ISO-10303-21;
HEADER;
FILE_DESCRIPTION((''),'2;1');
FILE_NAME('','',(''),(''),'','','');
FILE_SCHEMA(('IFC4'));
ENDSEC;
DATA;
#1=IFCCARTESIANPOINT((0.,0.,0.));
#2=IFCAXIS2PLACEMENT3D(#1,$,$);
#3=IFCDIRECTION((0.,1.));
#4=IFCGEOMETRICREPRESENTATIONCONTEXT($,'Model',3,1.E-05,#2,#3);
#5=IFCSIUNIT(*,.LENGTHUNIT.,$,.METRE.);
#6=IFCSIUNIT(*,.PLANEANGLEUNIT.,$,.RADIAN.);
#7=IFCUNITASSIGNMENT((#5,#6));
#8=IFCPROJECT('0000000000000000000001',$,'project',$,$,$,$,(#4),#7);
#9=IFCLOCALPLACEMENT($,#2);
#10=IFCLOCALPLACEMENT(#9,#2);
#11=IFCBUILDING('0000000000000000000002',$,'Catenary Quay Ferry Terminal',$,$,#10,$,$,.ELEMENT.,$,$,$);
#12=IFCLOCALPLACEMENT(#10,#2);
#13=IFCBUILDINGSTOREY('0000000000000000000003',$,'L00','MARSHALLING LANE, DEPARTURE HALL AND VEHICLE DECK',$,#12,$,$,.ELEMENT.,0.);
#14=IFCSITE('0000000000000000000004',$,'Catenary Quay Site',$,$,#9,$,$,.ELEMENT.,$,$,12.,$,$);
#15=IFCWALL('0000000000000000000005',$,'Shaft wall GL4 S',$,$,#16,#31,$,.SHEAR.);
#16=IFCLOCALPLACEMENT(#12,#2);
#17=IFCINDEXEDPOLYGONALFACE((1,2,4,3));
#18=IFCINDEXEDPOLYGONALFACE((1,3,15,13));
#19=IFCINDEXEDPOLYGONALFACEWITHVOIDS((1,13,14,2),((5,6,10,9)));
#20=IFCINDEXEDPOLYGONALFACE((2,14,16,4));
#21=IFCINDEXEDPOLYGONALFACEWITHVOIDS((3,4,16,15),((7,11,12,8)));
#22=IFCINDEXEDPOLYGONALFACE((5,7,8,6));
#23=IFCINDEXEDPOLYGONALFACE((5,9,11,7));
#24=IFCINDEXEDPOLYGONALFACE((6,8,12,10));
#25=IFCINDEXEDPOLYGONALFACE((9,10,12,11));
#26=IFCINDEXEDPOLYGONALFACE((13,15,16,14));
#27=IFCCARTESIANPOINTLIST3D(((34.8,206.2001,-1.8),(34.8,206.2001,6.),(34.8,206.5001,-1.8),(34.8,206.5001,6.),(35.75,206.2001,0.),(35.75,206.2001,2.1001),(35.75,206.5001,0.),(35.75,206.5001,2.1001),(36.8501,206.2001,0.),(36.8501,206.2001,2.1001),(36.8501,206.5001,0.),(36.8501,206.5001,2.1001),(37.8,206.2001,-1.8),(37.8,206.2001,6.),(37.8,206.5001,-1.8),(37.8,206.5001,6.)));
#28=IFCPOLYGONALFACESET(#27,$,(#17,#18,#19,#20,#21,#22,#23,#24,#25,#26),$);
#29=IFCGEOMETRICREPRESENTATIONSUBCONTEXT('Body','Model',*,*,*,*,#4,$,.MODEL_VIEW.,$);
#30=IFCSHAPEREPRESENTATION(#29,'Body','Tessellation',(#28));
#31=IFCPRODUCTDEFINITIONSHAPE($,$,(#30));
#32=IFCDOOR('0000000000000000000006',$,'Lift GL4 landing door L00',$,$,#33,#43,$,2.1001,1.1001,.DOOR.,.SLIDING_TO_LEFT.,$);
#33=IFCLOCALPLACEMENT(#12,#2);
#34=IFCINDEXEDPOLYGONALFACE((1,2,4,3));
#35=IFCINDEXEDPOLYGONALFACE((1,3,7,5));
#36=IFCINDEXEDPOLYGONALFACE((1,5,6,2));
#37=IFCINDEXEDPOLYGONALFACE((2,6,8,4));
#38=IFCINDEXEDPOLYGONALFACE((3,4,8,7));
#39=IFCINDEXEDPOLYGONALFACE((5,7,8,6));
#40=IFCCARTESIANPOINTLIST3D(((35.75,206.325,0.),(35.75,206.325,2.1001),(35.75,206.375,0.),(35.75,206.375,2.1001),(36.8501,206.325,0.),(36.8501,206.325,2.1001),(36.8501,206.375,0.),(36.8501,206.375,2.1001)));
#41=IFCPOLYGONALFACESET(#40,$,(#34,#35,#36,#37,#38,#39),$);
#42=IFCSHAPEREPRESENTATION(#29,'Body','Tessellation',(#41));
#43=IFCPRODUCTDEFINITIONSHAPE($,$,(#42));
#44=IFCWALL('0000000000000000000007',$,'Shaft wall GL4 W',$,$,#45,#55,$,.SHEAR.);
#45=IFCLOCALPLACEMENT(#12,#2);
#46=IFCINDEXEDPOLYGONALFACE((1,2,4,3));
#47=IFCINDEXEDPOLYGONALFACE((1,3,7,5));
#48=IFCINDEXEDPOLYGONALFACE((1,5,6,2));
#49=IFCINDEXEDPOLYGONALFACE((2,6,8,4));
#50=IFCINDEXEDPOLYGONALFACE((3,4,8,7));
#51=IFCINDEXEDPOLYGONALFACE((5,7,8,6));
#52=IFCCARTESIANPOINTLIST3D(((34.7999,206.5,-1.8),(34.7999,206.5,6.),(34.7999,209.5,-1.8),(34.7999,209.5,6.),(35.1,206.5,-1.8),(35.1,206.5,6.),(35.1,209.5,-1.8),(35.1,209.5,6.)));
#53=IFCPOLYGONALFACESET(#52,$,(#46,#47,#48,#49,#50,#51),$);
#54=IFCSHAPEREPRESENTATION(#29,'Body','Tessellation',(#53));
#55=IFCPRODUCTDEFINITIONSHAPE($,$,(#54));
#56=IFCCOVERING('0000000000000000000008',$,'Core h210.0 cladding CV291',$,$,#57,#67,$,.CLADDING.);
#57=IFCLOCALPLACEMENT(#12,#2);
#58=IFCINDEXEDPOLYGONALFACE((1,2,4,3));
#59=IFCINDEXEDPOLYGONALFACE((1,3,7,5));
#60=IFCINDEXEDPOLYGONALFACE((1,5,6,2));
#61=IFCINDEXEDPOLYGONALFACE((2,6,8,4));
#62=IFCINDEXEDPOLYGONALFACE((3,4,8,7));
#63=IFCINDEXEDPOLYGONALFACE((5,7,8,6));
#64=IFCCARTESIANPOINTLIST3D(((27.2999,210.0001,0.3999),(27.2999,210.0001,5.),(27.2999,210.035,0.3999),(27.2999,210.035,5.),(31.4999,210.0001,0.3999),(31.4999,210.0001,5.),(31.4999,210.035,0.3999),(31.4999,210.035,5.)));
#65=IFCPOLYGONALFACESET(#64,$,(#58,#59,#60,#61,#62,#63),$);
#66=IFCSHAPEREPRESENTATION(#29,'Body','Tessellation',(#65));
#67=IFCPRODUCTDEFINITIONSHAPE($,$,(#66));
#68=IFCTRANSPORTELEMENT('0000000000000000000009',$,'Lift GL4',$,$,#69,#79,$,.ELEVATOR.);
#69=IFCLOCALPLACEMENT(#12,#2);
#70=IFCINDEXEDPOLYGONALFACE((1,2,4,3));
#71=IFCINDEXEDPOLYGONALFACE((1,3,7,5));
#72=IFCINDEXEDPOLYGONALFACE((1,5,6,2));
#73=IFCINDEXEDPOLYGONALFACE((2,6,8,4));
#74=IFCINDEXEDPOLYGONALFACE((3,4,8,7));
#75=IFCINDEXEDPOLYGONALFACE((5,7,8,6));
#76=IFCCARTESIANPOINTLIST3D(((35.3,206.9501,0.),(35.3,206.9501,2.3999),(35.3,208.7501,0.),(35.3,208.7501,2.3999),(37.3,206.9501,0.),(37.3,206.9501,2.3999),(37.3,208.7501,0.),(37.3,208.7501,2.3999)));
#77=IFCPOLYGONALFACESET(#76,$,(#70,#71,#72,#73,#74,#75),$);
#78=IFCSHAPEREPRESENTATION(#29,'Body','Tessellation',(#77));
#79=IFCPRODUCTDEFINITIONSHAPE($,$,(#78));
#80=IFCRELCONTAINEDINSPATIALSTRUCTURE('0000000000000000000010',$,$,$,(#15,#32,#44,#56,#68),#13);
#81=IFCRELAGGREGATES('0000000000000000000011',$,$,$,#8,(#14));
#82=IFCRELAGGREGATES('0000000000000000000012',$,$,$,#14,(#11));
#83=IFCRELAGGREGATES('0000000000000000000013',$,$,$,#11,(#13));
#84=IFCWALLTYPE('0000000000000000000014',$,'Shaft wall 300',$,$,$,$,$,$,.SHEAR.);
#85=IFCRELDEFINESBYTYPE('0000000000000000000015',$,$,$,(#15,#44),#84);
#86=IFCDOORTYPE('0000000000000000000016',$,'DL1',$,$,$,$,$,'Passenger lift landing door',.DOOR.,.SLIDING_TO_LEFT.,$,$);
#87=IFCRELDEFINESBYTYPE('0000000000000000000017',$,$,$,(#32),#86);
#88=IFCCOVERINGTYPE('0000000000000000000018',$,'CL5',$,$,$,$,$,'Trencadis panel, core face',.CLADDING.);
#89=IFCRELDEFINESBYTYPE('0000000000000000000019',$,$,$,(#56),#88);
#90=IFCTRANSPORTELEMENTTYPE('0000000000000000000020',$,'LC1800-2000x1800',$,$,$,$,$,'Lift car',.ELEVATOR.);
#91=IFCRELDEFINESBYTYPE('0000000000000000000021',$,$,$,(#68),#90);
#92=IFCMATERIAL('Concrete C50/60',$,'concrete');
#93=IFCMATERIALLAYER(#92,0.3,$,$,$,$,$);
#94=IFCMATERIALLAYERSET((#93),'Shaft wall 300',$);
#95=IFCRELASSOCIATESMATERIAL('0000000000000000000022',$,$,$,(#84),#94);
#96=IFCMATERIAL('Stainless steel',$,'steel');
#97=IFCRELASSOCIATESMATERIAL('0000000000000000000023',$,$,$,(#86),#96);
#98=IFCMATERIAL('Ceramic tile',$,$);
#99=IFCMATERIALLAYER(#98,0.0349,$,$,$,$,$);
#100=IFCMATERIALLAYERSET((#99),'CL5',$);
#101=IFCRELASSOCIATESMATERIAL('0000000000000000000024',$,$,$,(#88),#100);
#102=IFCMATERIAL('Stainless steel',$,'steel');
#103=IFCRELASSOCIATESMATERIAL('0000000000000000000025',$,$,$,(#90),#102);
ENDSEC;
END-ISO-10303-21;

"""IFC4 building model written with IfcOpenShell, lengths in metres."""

from ifc_helpers import new_model, si_unit, direction, frame, frame_2d, origin, origin_2d, place, context, subcontext, project, spatial, rectangle, extrude, material, layer, layer_set, type_object, element, fill, save


model = new_model("IFC4")

# Units and contexts
model_context = context("Model", 3, precision=1e-05, world=origin(), true_north=direction((0.0, 1.0)))
body_context = subcontext(model_context, "Body", "Model", "MODEL_VIEW")
ifc_project = project(units=[si_unit("LENGTHUNIT", "METRE"), si_unit("PLANEANGLEUNIT", "RADIAN")], contexts=[model_context])

# Site, building, storey
site_placement = place(None, origin())
site = spatial("IfcSite", under=ifc_project, at=site_placement, Name="Catenary Quay Site", CompositionType="ELEMENT", RefElevation=12.0)
building_placement = place(site_placement, origin())
building = spatial("IfcBuilding", under=site, at=building_placement, Name="Catenary Quay Ferry Terminal", CompositionType="ELEMENT")
storey_placement = place(building_placement, origin())
storey = spatial("IfcBuildingStorey", under=building, at=storey_placement, Name="L00", Description="MARSHALLING LANE, DEPARTURE HALL AND VEHICLE DECK", CompositionType="ELEMENT", Elevation=0.0)

# Wall, opening, door
ifc_material_1 = material(Name="Concrete C50/60", Category="concrete")
ifc_layer_1 = layer(ifc_material_1, 0.3)
ifc_layer_set_1 = layer_set([ifc_layer_1], Name="Shaft wall 300")
wall_type_1 = type_object("IfcWallType", Name="Shaft wall 300", PredefinedType="SHEAR", material=ifc_layer_set_1)
wall_1_placement = place(storey_placement, frame((34.8, 206.3501, -1.8), z_axis=(0.0, 0.0, 1.0), x_axis=(1.0, 0.0, 0.0)))
wall_1 = element("IfcWall", 1, at=wall_1_placement, inside=storey, type_object=wall_type_1, Name="Shaft wall GL4 S", PredefinedType="SHEAR", context=body_context, shape_type="SweptSolid", body=[
    extrude(rectangle(XDim=3.0, YDim=0.3, at=frame_2d((1.5, 0.0))), origin(), (0.0, 0.0, 1.0), 7.8),
])
opening_1_placement = place(wall_1_placement, frame((0.95, 0.0, 1.8)))
opening_1 = element("IfcOpeningElement", 2, at=opening_1_placement, cuts=wall_1, PredefinedType="OPENING", context=body_context, shape_type="SweptSolid", body=[
    extrude(rectangle(XDim=1.1001, YDim=2.1001, at=frame_2d((0.55, 1.05))), frame((0.0, 0.1599, 0.0), z_axis=(0.0, -1.0, 0.0), x_axis=(1.0, 0.0, 0.0)), (0.0, 0.0, 1.0), 0.3201),
])
ifc_material_2 = material(Name="Stainless steel", Category="steel")
door_type_1 = type_object("IfcDoorType", Name="DL1", ElementType="Passenger lift landing door", OperationType="SLIDING_TO_LEFT", PredefinedType="DOOR", material=ifc_material_2)
door_1_placement = place(opening_1_placement, origin())
door_1 = element("IfcDoor", 3, at=door_1_placement, inside=storey, type_object=door_type_1, Name="Lift GL4 landing door L00", OperationType="SLIDING_TO_LEFT", OverallHeight=2.1001, OverallWidth=1.1001, PredefinedType="DOOR", context=body_context, shape_type="SweptSolid", body=[
    extrude(rectangle(XDim=1.1001, YDim=2.1001, at=frame_2d((0.55, 1.05))), frame((0.0, 0.0249, 0.0), z_axis=(0.0, -1.0, 0.0), x_axis=(1.0, 0.0, 0.0)), (0.0, 0.0, 1.0), 0.05),
])
fill(opening_1, door_1)

# Wall
wall_2_placement = place(storey_placement, frame((34.95, 206.5, -1.8), z_axis=(0.0, 0.0, 1.0), x_axis=(0.0, 1.0, 0.0)))
element("IfcWall", 4, at=wall_2_placement, inside=storey, type_object=wall_type_1, Name="Shaft wall GL4 W", PredefinedType="SHEAR", context=body_context, shape_type="SweptSolid", body=[
    extrude(rectangle(XDim=3.0, YDim=0.3, at=frame_2d((1.5, 0.0))), origin(), (0.0, 0.0, 1.0), 7.8),
])

# Covering
ifc_material_3 = material(Name="Ceramic tile")
ifc_layer_2 = layer(ifc_material_3, 0.0349)
ifc_layer_set_2 = layer_set([ifc_layer_2], Name="CL5")
covering_type = type_object("IfcCoveringType", Name="CL5", ElementType="Trencadis panel, core face", PredefinedType="CLADDING", material=ifc_layer_set_2)
covering_placement = place(storey_placement, frame((29.3999, 210.0176, 0.3999), z_axis=(0.0, 0.0, 1.0), x_axis=(1.0, 0.0, 0.0)))
element("IfcCovering", 5, at=covering_placement, inside=storey, type_object=covering_type, Name="Core h210.0 cladding CV291", PredefinedType="CLADDING", context=body_context, shape_type="SweptSolid", body=[
    extrude(rectangle(XDim=4.2, YDim=0.0349, at=origin_2d()), origin(), (0.0, 0.0, 1.0), 4.6001),
])

# Transport element
ifc_material_4 = material(Name="Stainless steel", Category="steel")
transport_element_type = type_object("IfcTransportElementType", Name="LC1800-2000x1800", ElementType="Lift car", PredefinedType="ELEVATOR", material=ifc_material_4)
transport_element_placement = place(storey_placement, frame((36.3, 207.8501, 0.0), z_axis=(0.0, 0.0, 1.0), x_axis=(1.0, 0.0, 0.0)))
element("IfcTransportElement", 6, at=transport_element_placement, inside=storey, type_object=transport_element_type, Name="Lift GL4", PredefinedType="ELEVATOR", context=body_context, shape_type="SweptSolid", body=[
    extrude(rectangle(XDim=2.0, YDim=1.8, at=origin_2d()), origin(), (0.0, 0.0, 1.0), 2.3999),
])

save(model, "model.ifc")
